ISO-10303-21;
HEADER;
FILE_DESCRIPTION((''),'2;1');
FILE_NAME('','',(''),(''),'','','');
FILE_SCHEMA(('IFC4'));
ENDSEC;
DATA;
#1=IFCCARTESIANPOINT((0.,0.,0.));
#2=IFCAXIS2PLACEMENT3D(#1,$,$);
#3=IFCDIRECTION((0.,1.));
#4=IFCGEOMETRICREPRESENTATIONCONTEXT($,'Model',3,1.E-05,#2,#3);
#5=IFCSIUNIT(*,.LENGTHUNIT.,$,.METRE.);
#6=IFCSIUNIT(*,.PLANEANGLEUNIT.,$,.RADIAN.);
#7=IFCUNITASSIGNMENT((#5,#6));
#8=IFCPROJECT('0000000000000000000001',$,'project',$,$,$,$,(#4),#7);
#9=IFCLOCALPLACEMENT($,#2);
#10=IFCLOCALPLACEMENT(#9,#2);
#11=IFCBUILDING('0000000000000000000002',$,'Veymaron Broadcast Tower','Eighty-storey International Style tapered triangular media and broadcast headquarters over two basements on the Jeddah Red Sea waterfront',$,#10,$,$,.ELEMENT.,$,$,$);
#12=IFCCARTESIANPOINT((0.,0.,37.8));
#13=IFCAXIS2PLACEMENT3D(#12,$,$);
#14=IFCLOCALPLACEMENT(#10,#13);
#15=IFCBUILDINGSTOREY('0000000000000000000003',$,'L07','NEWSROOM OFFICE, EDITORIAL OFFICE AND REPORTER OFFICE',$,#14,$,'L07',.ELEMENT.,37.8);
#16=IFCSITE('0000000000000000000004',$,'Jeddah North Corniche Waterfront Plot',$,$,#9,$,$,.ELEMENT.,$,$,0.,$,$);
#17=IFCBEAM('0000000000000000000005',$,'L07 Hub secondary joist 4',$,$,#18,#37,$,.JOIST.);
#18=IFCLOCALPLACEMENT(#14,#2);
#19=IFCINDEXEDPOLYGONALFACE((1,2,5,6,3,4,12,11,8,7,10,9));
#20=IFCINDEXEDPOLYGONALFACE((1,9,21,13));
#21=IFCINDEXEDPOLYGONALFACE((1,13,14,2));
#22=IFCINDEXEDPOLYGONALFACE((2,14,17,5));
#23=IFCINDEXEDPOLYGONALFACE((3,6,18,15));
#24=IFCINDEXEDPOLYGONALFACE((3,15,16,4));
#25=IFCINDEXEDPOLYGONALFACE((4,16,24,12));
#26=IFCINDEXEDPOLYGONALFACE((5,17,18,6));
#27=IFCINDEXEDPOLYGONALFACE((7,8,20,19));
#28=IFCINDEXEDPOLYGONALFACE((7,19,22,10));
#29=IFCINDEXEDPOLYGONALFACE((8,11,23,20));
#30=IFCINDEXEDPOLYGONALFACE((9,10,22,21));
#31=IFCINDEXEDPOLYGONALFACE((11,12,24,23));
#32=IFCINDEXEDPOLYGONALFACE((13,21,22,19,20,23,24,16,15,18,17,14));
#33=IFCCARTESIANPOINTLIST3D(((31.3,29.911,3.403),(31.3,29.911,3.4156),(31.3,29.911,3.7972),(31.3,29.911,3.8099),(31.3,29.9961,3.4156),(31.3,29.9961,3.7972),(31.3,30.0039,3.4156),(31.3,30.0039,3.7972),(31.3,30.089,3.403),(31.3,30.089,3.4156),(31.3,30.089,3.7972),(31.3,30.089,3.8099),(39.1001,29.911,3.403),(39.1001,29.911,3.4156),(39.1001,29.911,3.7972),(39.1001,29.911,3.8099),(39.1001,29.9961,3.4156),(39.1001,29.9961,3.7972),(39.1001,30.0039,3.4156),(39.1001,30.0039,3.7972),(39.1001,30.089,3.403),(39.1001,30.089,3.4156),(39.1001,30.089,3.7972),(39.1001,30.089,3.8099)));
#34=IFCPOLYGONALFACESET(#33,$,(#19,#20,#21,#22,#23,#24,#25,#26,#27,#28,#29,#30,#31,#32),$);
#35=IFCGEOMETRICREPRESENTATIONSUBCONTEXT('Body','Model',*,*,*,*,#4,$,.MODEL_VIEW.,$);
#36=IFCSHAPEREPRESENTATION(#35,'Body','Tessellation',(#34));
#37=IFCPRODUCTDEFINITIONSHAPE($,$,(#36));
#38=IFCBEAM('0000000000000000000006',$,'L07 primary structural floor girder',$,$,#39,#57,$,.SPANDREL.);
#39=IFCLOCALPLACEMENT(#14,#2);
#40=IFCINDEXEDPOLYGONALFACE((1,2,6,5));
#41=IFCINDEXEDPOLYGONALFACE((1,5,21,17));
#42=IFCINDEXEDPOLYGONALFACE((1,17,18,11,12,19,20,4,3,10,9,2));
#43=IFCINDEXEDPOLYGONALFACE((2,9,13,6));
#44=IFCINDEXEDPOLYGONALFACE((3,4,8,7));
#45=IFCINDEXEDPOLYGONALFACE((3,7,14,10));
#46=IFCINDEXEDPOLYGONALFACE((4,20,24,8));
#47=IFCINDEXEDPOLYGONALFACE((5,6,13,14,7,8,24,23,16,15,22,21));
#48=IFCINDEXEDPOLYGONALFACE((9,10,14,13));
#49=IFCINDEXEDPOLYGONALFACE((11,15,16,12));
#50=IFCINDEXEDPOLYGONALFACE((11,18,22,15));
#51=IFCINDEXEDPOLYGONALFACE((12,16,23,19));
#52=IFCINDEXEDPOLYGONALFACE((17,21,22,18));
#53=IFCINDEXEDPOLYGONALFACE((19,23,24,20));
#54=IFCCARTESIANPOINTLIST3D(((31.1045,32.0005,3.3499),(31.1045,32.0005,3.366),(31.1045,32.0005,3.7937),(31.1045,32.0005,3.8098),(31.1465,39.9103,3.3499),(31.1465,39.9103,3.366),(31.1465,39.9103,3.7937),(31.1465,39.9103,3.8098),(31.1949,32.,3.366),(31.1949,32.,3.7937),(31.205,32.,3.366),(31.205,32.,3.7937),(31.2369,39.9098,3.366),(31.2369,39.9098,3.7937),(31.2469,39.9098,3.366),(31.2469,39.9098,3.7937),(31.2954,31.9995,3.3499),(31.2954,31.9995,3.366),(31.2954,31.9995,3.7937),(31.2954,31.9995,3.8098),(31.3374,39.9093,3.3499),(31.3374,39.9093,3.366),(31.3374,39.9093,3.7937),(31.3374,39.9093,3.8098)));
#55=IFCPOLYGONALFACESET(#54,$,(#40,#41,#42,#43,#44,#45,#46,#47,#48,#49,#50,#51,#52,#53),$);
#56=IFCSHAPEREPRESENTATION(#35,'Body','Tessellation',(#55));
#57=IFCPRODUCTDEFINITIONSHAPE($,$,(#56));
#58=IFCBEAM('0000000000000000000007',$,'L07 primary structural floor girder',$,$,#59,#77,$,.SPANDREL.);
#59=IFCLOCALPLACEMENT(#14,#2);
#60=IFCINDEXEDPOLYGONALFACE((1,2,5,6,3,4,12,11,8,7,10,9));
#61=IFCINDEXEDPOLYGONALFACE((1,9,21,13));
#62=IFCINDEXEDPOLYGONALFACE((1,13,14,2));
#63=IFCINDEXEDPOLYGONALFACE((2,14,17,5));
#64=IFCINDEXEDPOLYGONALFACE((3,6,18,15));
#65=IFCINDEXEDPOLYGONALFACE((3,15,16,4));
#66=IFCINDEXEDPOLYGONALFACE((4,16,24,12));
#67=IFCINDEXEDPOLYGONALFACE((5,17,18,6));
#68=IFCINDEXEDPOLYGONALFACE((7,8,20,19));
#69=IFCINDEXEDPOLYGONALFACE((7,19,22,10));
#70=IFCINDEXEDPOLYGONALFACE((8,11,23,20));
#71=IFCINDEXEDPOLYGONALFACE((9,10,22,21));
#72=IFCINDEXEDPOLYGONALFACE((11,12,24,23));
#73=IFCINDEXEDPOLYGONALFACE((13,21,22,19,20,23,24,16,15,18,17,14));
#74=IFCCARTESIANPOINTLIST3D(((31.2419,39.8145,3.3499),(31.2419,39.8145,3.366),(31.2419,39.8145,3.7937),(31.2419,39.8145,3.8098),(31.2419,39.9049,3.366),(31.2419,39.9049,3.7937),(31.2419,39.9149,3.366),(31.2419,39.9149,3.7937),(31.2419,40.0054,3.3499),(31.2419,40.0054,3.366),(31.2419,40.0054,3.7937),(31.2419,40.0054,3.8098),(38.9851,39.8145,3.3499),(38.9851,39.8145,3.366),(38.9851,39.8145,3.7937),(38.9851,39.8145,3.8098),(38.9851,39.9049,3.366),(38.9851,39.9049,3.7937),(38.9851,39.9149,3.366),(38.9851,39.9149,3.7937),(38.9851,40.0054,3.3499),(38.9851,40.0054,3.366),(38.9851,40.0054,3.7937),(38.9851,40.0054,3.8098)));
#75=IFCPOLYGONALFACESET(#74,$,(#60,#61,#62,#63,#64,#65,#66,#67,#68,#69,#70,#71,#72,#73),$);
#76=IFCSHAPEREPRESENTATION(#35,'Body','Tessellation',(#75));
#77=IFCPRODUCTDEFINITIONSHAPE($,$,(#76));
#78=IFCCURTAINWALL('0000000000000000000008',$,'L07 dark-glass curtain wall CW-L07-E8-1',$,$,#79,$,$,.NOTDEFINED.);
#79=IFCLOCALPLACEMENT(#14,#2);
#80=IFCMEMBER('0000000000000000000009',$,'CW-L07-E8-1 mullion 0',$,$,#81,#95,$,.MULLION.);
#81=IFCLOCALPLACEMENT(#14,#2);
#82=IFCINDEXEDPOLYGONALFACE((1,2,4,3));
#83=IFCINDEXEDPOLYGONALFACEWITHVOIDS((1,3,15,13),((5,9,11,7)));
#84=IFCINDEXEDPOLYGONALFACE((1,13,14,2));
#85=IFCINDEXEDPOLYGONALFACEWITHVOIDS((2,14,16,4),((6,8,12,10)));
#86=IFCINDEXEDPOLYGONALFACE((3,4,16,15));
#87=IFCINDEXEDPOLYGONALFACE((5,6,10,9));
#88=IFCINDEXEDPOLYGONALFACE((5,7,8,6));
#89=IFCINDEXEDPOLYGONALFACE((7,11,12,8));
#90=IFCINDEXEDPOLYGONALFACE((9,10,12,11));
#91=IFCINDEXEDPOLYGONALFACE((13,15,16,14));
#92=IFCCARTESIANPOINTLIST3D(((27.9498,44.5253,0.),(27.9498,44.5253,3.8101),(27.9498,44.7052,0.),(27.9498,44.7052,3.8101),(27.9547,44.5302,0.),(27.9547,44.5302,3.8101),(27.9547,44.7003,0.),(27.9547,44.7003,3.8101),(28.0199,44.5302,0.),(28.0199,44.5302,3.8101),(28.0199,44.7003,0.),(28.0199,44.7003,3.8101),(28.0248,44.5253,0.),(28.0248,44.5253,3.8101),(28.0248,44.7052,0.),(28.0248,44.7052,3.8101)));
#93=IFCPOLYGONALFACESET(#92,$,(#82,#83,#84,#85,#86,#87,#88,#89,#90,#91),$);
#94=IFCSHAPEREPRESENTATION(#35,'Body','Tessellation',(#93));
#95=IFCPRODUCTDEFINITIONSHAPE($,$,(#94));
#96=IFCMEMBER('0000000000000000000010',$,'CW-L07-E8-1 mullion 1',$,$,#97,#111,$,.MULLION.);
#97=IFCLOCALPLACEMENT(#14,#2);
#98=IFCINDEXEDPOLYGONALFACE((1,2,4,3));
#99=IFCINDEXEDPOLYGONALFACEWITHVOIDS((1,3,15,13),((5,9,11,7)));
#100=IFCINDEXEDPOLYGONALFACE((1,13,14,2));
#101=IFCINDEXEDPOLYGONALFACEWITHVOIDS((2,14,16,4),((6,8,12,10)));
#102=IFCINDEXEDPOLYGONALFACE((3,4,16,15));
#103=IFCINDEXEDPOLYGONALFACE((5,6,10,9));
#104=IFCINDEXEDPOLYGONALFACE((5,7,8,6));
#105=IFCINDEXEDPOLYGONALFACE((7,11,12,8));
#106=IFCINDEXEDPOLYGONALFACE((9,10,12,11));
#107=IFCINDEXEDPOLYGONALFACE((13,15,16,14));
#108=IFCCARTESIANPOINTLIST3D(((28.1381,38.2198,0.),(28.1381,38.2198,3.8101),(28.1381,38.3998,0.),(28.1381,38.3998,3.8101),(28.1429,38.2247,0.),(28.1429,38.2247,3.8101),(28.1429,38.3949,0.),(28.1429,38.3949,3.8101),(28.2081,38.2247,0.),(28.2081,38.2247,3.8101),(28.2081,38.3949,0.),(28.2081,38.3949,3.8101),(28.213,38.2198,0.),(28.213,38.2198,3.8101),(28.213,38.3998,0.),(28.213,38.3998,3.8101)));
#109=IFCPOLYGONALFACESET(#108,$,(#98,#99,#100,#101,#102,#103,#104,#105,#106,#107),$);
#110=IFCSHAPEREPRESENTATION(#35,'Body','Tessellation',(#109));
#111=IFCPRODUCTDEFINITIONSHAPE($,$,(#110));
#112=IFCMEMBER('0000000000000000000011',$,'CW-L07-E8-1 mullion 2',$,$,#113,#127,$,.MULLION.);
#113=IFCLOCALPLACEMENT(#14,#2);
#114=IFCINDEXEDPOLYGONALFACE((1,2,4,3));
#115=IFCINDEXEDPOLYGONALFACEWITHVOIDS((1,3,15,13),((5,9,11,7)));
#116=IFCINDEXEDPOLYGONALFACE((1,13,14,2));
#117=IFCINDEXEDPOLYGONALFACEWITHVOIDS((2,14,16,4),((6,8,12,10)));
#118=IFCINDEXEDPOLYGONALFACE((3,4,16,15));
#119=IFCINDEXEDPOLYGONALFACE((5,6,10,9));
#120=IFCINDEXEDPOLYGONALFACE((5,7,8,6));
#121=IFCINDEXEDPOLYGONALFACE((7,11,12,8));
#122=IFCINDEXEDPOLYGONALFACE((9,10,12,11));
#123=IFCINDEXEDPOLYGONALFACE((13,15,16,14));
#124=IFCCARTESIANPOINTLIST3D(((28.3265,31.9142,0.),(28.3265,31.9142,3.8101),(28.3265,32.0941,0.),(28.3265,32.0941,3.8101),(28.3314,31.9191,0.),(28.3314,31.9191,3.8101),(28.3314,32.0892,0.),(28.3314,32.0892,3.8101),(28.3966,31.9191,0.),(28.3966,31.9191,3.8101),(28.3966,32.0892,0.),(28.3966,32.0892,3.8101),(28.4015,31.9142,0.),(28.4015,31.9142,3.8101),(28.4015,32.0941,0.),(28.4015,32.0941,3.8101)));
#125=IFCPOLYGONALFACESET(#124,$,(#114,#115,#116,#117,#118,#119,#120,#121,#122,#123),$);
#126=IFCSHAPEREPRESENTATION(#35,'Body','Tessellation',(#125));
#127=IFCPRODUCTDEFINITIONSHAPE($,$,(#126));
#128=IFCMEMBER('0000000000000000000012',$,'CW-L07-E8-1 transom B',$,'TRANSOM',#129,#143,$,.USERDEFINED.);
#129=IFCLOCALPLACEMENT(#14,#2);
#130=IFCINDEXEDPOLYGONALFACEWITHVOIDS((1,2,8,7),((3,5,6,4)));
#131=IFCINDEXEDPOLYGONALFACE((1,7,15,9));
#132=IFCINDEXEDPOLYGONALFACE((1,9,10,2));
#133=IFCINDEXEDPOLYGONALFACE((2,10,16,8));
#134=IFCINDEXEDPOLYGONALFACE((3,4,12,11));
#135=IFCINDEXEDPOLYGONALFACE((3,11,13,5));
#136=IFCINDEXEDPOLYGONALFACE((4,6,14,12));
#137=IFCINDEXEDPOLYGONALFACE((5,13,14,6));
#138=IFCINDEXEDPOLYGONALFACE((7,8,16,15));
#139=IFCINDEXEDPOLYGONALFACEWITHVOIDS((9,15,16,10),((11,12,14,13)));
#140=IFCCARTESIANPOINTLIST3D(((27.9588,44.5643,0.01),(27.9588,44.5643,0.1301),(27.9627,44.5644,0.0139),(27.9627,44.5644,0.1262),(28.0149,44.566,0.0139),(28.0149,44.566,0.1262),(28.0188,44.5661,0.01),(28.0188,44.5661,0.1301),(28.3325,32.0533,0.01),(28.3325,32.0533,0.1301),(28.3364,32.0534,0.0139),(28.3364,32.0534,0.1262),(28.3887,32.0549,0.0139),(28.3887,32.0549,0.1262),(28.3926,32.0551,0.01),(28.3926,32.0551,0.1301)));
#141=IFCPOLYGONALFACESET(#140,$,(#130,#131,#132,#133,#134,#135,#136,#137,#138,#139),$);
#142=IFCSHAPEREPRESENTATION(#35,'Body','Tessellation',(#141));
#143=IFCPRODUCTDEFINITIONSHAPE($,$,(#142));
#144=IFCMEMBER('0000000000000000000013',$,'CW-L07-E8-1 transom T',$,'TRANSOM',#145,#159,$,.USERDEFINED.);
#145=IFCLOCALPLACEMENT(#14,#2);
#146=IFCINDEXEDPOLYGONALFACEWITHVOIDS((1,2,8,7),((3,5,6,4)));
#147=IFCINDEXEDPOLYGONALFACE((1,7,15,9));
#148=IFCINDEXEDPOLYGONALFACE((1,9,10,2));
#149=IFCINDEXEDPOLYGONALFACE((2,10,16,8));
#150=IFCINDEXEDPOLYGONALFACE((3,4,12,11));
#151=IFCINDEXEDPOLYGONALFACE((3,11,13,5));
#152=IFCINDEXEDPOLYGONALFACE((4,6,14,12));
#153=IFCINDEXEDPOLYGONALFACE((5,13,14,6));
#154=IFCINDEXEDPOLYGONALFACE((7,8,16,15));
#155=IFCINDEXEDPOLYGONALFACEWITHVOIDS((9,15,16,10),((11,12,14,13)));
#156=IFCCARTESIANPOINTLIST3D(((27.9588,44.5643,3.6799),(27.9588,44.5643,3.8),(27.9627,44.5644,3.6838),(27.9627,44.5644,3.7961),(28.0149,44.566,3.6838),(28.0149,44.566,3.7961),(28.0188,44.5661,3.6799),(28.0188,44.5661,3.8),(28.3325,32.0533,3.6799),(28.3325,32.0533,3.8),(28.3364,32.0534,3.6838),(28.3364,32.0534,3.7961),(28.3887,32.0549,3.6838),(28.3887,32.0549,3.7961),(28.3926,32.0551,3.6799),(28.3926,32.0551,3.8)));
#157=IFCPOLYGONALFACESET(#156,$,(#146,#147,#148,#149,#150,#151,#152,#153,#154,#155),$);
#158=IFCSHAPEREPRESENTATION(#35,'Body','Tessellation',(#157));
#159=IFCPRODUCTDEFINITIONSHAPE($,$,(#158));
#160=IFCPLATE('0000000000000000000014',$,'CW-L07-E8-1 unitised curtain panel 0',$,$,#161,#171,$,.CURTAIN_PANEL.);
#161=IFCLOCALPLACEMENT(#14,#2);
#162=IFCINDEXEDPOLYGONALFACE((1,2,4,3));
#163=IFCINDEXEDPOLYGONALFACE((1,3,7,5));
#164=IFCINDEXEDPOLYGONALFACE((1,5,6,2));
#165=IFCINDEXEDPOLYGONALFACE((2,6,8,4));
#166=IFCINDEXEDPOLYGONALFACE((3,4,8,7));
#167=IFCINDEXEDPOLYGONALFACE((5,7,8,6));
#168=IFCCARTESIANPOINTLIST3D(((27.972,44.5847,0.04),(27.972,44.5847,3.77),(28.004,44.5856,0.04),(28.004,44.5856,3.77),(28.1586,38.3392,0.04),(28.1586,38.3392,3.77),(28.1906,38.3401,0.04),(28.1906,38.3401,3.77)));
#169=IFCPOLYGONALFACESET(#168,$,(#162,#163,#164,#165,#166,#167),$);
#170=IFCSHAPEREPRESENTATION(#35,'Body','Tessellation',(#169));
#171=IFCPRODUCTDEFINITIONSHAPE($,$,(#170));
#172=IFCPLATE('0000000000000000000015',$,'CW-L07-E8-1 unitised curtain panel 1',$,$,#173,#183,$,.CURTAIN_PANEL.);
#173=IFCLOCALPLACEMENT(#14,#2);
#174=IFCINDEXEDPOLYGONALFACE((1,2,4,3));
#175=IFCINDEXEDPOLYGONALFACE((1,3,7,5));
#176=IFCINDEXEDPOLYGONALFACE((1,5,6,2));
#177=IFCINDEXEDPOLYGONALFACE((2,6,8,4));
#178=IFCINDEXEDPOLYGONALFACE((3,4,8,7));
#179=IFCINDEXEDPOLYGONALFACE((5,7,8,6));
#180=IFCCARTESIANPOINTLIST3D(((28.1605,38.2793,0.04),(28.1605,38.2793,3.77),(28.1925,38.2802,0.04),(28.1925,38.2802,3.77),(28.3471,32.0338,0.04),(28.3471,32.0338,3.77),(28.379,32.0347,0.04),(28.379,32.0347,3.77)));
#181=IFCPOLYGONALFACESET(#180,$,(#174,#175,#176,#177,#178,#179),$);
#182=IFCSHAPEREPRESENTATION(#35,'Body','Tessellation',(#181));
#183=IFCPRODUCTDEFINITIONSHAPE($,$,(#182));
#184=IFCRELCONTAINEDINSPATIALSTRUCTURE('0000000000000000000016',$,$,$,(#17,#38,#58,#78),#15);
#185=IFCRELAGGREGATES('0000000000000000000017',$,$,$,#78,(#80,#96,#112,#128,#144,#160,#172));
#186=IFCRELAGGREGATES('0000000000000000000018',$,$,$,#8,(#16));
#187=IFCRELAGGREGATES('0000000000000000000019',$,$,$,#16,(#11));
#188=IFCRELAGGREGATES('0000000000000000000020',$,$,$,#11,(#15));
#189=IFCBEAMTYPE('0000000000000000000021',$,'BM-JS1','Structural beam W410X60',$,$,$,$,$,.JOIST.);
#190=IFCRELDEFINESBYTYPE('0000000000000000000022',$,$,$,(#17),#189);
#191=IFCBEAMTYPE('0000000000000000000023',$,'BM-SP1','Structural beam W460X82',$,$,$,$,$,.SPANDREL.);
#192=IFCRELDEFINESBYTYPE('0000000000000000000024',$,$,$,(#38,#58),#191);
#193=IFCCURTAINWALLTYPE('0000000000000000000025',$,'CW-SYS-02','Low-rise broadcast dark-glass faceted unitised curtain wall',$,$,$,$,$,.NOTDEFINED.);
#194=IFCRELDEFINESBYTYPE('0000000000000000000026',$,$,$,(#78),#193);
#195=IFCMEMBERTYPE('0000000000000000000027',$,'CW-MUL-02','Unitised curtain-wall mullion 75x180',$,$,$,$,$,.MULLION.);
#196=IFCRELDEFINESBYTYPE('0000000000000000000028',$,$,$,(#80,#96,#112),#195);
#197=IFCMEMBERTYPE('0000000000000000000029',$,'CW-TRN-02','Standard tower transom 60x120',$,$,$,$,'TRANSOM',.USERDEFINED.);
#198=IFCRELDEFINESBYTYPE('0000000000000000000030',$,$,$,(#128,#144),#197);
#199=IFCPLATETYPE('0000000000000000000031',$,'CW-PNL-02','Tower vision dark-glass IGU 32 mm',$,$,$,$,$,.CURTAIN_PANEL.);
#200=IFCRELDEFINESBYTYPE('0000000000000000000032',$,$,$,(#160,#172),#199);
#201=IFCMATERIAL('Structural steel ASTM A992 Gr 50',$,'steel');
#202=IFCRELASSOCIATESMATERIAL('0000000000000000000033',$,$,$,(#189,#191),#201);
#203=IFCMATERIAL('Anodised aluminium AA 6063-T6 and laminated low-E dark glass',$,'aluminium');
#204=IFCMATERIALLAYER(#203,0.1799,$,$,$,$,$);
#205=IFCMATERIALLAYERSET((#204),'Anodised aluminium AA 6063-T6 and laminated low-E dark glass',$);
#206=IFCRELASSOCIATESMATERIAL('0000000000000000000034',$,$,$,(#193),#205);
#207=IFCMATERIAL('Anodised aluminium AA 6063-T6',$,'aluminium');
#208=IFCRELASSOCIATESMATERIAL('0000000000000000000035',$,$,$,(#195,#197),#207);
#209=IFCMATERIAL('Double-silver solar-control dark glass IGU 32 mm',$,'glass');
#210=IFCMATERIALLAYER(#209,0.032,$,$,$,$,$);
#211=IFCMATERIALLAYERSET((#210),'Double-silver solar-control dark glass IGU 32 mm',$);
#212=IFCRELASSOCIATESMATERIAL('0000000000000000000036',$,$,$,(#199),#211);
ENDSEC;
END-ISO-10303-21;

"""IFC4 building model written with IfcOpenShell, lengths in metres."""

from ifc_helpers import new_model, si_unit, direction, frame, origin, origin_2d, place, context, subcontext, project, spatial, rectangle, hollow_rectangle, i_section, extrude, material, layer, layer_set, material_profile, profile_set, type_object, element, aggregate, save


model = new_model("IFC4")

# Units and contexts
model_context = context("Model", 3, precision=1e-05, world=origin(), true_north=direction((0.0, 1.0)))
body_context = subcontext(model_context, "Body", "Model", "MODEL_VIEW")
ifc_project = project(units=[si_unit("LENGTHUNIT", "METRE"), si_unit("PLANEANGLEUNIT", "RADIAN")], contexts=[model_context])

# Site, building, storey
site_placement = place(None, origin())
site = spatial("IfcSite", under=ifc_project, at=site_placement, Name="Jeddah North Corniche Waterfront Plot", CompositionType="ELEMENT", RefElevation=0.0)
building_placement = place(site_placement, origin())
building = spatial("IfcBuilding", under=site, at=building_placement, Name="Veymaron Broadcast Tower", Description="Eighty-storey International Style tapered triangular media and broadcast headquarters over two basements on the Jeddah Red Sea waterfront", CompositionType="ELEMENT")
storey_placement = place(building_placement, frame((0.0, 0.0, 37.8)))
storey = spatial("IfcBuildingStorey", under=building, at=storey_placement, Name="L07", Description="NEWSROOM OFFICE, EDITORIAL OFFICE AND REPORTER OFFICE", LongName="L07", CompositionType="ELEMENT", Elevation=37.8)

# Beams
ifc_material_1 = material(Name="Structural steel ASTM A992 Gr 50", Category="steel")
ifc_material_profile_1 = material_profile(ifc_material_1, i_section(OverallWidth=0.178, OverallDepth=0.407, WebThickness=0.0078, FlangeThickness=0.0127, at=origin_2d()), Name="W410X60")
ifc_profile_set_1 = profile_set([ifc_material_profile_1], Name="Structural steel ASTM A992 Gr 50")
beam_type_1 = type_object("IfcBeamType", Name="BM-JS1", Description="Structural beam W410X60", PredefinedType="JOIST", material=ifc_profile_set_1)
for number, where, z_axis, x_axis, name in (
    (1, (31.3, 30.0, 3.6064), (1.0, 0.0, 0.0), (0.0, 1.0, 0.0), "L07 Hub secondary joist 4"),
):
    element("IfcBeam", number, at=place(storey_placement, frame(where, z_axis=z_axis, x_axis=x_axis)), inside=storey, type_object=beam_type_1, Name=name, PredefinedType="JOIST", context=body_context, shape_type="SweptSolid", body=[
        extrude(i_section(OverallWidth=0.178, OverallDepth=0.407, WebThickness=0.0078, FlangeThickness=0.0127, at=origin_2d()), origin(), (0.0, 0.0, 1.0), 7.8),
    ])
ifc_material_profile_2 = material_profile(ifc_material_1, i_section(OverallWidth=0.1909, OverallDepth=0.46, WebThickness=0.01, FlangeThickness=0.0161, at=origin_2d()), Name="W460X82")
ifc_profile_set_2 = profile_set([ifc_material_profile_2], Name="Structural steel ASTM A992 Gr 50")
beam_type_2 = type_object("IfcBeamType", Name="BM-SP1", Description="Structural beam W460X82", PredefinedType="SPANDREL", material=ifc_profile_set_2)
beam_1_placement = place(storey_placement, frame((31.2, 32.0, 3.5798), z_axis=(0.005309, 0.999986, 0.0), x_axis=(-0.999986, 0.005309, 0.0)))
element("IfcBeam", 2, at=beam_1_placement, inside=storey, type_object=beam_type_2, Name="L07 primary structural floor girder", PredefinedType="SPANDREL", context=body_context, shape_type="SweptSolid", body=[
    extrude(i_section(OverallWidth=0.1909, OverallDepth=0.46, WebThickness=0.01, FlangeThickness=0.0161, at=origin_2d()), origin(), (0.0, 0.0, 1.0), 7.9099),
])
beam_2_placement = place(storey_placement, frame((31.2419, 39.9099, 3.5798), z_axis=(1.0, 0.0, 0.0), x_axis=(0.0, 1.0, 0.0)))
element("IfcBeam", 3, at=beam_2_placement, inside=storey, type_object=beam_type_2, Name="L07 primary structural floor girder", PredefinedType="SPANDREL", context=body_context, shape_type="SweptSolid", body=[
    extrude(i_section(OverallWidth=0.1909, OverallDepth=0.46, WebThickness=0.01, FlangeThickness=0.0161, at=origin_2d()), origin(), (0.0, 0.0, 1.0), 7.7432),
])

# Curtain wall, members, plates
ifc_material_2 = material(Name="Anodised aluminium AA 6063-T6 and laminated low-E dark glass", Category="aluminium")
ifc_layer_1 = layer(ifc_material_2, 0.1799)
ifc_layer_set_1 = layer_set([ifc_layer_1], Name="Anodised aluminium AA 6063-T6 and laminated low-E dark glass")
curtain_wall_type = type_object("IfcCurtainWallType", Name="CW-SYS-02", Description="Low-rise broadcast dark-glass faceted unitised curtain wall", PredefinedType="NOTDEFINED", material=ifc_layer_set_1)
curtain_wall_placement = place(storey_placement, origin())
curtain_wall = element("IfcCurtainWall", 4, at=curtain_wall_placement, inside=storey, type_object=curtain_wall_type, Name="L07 dark-glass curtain wall CW-L07-E8-1", PredefinedType="NOTDEFINED")
ifc_material_3 = material(Name="Anodised aluminium AA 6063-T6", Category="aluminium")
ifc_material_profile_3 = material_profile(ifc_material_3, hollow_rectangle(XDim=0.075, YDim=0.1799, WallThickness=0.0049, at=origin_2d()), Name="AL180X75X5")
ifc_profile_set_3 = profile_set([ifc_material_profile_3], Name="Anodised aluminium AA 6063-T6")
member_type_1 = type_object("IfcMemberType", Name="CW-MUL-02", Description="Unitised curtain-wall mullion 75x180", PredefinedType="MULLION", material=ifc_profile_set_3)
member_1_placement = place(storey_placement, frame((27.9873, 44.6152, 0.0), z_axis=(0.0, 0.0, 1.0), x_axis=(1.0, 0.0, 0.0)))
member_1 = element("IfcMember", 5, at=member_1_placement, type_object=member_type_1, Name="CW-L07-E8-1 mullion 0", PredefinedType="MULLION", context=body_context, shape_type="SweptSolid", body=[
    extrude(hollow_rectangle(XDim=0.075, YDim=0.1799, WallThickness=0.0049, at=origin_2d()), origin(), (0.0, 0.0, 1.0), 3.8101),
])
member_2_placement = place(storey_placement, frame((28.1755, 38.3098, 0.0), z_axis=(0.0, 0.0, 1.0), x_axis=(1.0, 0.0, 0.0)))
member_2 = element("IfcMember", 6, at=member_2_placement, type_object=member_type_1, Name="CW-L07-E8-1 mullion 1", PredefinedType="MULLION", context=body_context, shape_type="SweptSolid", body=[
    extrude(hollow_rectangle(XDim=0.075, YDim=0.1799, WallThickness=0.0049, at=origin_2d()), origin(), (0.0, 0.0, 1.0), 3.8101),
])
member_3_placement = place(storey_placement, frame((28.364, 32.0042, 0.0), z_axis=(0.0, 0.0, 1.0), x_axis=(1.0, 0.0, 0.0)))
member_3 = element("IfcMember", 7, at=member_3_placement, type_object=member_type_1, Name="CW-L07-E8-1 mullion 2", PredefinedType="MULLION", context=body_context, shape_type="SweptSolid", body=[
    extrude(hollow_rectangle(XDim=0.075, YDim=0.1799, WallThickness=0.0049, at=origin_2d()), origin(), (0.0, 0.0, 1.0), 3.8101),
])
ifc_material_profile_4 = material_profile(ifc_material_3, hollow_rectangle(XDim=0.0601, YDim=0.1201, WallThickness=0.0039, at=origin_2d()), Name="AL120X60X4")
ifc_profile_set_4 = profile_set([ifc_material_profile_4], Name="Anodised aluminium AA 6063-T6")
member_type_2 = type_object("IfcMemberType", Name="CW-TRN-02", Description="Standard tower transom 60x120", ElementType="TRANSOM", PredefinedType="USERDEFINED", material=ifc_profile_set_4)
member_4_placement = place(storey_placement, frame((27.9888, 44.5652, 0.0701), z_axis=(0.029863, -0.999554, 0.0), x_axis=(0.999554, 0.029863, 0.0)))
member_4 = element("IfcMember", 8, at=member_4_placement, type_object=member_type_2, Name="CW-L07-E8-1 transom B", ObjectType="TRANSOM", PredefinedType="USERDEFINED", context=body_context, shape_type="SweptSolid", body=[
    extrude(hollow_rectangle(XDim=0.0601, YDim=0.1201, WallThickness=0.0039, at=origin_2d()), origin(), (0.0, 0.0, 1.0), 12.5166),
])
member_5_placement = place(storey_placement, frame((27.9888, 44.5652, 3.74), z_axis=(0.029863, -0.999554, 0.0), x_axis=(0.999554, 0.029863, 0.0)))
member_5 = element("IfcMember", 9, at=member_5_placement, type_object=member_type_2, Name="CW-L07-E8-1 transom T", ObjectType="TRANSOM", PredefinedType="USERDEFINED", context=body_context, shape_type="SweptSolid", body=[
    extrude(hollow_rectangle(XDim=0.0601, YDim=0.1201, WallThickness=0.0039, at=origin_2d()), origin(), (0.0, 0.0, 1.0), 12.5166),
])
ifc_material_4 = material(Name="Double-silver solar-control dark glass IGU 32 mm", Category="glass")
ifc_layer_2 = layer(ifc_material_4, 0.032)
ifc_layer_set_2 = layer_set([ifc_layer_2], Name="Double-silver solar-control dark glass IGU 32 mm")
plate_type = type_object("IfcPlateType", Name="CW-PNL-02", Description="Tower vision dark-glass IGU 32 mm", PredefinedType="CURTAIN_PANEL", material=ifc_layer_set_2)
plate_1_placement = place(storey_placement, frame((28.0813, 41.4624, 0.04), z_axis=(0.0, 0.0, 1.0), x_axis=(0.029858, -0.999554, 0.0)))
plate_1 = element("IfcPlate", 10, at=plate_1_placement, type_object=plate_type, Name="CW-L07-E8-1 unitised curtain panel 0", PredefinedType="CURTAIN_PANEL", context=body_context, shape_type="SweptSolid", body=[
    extrude(rectangle(XDim=6.2483, YDim=0.032, at=origin_2d()), origin(), (0.0, 0.0, 1.0), 3.73),
])
plate_2_placement = place(storey_placement, frame((28.2698, 35.157, 0.04), z_axis=(0.0, 0.0, 1.0), x_axis=(0.029858, -0.999554, 0.0)))
plate_2 = element("IfcPlate", 11, at=plate_2_placement, type_object=plate_type, Name="CW-L07-E8-1 unitised curtain panel 1", PredefinedType="CURTAIN_PANEL", context=body_context, shape_type="SweptSolid", body=[
    extrude(rectangle(XDim=6.2483, YDim=0.032, at=origin_2d()), origin(), (0.0, 0.0, 1.0), 3.73),
])
aggregate(curtain_wall, [member_1, member_2, member_3, member_4, member_5, plate_1, plate_2])

save(model, "model.ifc")
